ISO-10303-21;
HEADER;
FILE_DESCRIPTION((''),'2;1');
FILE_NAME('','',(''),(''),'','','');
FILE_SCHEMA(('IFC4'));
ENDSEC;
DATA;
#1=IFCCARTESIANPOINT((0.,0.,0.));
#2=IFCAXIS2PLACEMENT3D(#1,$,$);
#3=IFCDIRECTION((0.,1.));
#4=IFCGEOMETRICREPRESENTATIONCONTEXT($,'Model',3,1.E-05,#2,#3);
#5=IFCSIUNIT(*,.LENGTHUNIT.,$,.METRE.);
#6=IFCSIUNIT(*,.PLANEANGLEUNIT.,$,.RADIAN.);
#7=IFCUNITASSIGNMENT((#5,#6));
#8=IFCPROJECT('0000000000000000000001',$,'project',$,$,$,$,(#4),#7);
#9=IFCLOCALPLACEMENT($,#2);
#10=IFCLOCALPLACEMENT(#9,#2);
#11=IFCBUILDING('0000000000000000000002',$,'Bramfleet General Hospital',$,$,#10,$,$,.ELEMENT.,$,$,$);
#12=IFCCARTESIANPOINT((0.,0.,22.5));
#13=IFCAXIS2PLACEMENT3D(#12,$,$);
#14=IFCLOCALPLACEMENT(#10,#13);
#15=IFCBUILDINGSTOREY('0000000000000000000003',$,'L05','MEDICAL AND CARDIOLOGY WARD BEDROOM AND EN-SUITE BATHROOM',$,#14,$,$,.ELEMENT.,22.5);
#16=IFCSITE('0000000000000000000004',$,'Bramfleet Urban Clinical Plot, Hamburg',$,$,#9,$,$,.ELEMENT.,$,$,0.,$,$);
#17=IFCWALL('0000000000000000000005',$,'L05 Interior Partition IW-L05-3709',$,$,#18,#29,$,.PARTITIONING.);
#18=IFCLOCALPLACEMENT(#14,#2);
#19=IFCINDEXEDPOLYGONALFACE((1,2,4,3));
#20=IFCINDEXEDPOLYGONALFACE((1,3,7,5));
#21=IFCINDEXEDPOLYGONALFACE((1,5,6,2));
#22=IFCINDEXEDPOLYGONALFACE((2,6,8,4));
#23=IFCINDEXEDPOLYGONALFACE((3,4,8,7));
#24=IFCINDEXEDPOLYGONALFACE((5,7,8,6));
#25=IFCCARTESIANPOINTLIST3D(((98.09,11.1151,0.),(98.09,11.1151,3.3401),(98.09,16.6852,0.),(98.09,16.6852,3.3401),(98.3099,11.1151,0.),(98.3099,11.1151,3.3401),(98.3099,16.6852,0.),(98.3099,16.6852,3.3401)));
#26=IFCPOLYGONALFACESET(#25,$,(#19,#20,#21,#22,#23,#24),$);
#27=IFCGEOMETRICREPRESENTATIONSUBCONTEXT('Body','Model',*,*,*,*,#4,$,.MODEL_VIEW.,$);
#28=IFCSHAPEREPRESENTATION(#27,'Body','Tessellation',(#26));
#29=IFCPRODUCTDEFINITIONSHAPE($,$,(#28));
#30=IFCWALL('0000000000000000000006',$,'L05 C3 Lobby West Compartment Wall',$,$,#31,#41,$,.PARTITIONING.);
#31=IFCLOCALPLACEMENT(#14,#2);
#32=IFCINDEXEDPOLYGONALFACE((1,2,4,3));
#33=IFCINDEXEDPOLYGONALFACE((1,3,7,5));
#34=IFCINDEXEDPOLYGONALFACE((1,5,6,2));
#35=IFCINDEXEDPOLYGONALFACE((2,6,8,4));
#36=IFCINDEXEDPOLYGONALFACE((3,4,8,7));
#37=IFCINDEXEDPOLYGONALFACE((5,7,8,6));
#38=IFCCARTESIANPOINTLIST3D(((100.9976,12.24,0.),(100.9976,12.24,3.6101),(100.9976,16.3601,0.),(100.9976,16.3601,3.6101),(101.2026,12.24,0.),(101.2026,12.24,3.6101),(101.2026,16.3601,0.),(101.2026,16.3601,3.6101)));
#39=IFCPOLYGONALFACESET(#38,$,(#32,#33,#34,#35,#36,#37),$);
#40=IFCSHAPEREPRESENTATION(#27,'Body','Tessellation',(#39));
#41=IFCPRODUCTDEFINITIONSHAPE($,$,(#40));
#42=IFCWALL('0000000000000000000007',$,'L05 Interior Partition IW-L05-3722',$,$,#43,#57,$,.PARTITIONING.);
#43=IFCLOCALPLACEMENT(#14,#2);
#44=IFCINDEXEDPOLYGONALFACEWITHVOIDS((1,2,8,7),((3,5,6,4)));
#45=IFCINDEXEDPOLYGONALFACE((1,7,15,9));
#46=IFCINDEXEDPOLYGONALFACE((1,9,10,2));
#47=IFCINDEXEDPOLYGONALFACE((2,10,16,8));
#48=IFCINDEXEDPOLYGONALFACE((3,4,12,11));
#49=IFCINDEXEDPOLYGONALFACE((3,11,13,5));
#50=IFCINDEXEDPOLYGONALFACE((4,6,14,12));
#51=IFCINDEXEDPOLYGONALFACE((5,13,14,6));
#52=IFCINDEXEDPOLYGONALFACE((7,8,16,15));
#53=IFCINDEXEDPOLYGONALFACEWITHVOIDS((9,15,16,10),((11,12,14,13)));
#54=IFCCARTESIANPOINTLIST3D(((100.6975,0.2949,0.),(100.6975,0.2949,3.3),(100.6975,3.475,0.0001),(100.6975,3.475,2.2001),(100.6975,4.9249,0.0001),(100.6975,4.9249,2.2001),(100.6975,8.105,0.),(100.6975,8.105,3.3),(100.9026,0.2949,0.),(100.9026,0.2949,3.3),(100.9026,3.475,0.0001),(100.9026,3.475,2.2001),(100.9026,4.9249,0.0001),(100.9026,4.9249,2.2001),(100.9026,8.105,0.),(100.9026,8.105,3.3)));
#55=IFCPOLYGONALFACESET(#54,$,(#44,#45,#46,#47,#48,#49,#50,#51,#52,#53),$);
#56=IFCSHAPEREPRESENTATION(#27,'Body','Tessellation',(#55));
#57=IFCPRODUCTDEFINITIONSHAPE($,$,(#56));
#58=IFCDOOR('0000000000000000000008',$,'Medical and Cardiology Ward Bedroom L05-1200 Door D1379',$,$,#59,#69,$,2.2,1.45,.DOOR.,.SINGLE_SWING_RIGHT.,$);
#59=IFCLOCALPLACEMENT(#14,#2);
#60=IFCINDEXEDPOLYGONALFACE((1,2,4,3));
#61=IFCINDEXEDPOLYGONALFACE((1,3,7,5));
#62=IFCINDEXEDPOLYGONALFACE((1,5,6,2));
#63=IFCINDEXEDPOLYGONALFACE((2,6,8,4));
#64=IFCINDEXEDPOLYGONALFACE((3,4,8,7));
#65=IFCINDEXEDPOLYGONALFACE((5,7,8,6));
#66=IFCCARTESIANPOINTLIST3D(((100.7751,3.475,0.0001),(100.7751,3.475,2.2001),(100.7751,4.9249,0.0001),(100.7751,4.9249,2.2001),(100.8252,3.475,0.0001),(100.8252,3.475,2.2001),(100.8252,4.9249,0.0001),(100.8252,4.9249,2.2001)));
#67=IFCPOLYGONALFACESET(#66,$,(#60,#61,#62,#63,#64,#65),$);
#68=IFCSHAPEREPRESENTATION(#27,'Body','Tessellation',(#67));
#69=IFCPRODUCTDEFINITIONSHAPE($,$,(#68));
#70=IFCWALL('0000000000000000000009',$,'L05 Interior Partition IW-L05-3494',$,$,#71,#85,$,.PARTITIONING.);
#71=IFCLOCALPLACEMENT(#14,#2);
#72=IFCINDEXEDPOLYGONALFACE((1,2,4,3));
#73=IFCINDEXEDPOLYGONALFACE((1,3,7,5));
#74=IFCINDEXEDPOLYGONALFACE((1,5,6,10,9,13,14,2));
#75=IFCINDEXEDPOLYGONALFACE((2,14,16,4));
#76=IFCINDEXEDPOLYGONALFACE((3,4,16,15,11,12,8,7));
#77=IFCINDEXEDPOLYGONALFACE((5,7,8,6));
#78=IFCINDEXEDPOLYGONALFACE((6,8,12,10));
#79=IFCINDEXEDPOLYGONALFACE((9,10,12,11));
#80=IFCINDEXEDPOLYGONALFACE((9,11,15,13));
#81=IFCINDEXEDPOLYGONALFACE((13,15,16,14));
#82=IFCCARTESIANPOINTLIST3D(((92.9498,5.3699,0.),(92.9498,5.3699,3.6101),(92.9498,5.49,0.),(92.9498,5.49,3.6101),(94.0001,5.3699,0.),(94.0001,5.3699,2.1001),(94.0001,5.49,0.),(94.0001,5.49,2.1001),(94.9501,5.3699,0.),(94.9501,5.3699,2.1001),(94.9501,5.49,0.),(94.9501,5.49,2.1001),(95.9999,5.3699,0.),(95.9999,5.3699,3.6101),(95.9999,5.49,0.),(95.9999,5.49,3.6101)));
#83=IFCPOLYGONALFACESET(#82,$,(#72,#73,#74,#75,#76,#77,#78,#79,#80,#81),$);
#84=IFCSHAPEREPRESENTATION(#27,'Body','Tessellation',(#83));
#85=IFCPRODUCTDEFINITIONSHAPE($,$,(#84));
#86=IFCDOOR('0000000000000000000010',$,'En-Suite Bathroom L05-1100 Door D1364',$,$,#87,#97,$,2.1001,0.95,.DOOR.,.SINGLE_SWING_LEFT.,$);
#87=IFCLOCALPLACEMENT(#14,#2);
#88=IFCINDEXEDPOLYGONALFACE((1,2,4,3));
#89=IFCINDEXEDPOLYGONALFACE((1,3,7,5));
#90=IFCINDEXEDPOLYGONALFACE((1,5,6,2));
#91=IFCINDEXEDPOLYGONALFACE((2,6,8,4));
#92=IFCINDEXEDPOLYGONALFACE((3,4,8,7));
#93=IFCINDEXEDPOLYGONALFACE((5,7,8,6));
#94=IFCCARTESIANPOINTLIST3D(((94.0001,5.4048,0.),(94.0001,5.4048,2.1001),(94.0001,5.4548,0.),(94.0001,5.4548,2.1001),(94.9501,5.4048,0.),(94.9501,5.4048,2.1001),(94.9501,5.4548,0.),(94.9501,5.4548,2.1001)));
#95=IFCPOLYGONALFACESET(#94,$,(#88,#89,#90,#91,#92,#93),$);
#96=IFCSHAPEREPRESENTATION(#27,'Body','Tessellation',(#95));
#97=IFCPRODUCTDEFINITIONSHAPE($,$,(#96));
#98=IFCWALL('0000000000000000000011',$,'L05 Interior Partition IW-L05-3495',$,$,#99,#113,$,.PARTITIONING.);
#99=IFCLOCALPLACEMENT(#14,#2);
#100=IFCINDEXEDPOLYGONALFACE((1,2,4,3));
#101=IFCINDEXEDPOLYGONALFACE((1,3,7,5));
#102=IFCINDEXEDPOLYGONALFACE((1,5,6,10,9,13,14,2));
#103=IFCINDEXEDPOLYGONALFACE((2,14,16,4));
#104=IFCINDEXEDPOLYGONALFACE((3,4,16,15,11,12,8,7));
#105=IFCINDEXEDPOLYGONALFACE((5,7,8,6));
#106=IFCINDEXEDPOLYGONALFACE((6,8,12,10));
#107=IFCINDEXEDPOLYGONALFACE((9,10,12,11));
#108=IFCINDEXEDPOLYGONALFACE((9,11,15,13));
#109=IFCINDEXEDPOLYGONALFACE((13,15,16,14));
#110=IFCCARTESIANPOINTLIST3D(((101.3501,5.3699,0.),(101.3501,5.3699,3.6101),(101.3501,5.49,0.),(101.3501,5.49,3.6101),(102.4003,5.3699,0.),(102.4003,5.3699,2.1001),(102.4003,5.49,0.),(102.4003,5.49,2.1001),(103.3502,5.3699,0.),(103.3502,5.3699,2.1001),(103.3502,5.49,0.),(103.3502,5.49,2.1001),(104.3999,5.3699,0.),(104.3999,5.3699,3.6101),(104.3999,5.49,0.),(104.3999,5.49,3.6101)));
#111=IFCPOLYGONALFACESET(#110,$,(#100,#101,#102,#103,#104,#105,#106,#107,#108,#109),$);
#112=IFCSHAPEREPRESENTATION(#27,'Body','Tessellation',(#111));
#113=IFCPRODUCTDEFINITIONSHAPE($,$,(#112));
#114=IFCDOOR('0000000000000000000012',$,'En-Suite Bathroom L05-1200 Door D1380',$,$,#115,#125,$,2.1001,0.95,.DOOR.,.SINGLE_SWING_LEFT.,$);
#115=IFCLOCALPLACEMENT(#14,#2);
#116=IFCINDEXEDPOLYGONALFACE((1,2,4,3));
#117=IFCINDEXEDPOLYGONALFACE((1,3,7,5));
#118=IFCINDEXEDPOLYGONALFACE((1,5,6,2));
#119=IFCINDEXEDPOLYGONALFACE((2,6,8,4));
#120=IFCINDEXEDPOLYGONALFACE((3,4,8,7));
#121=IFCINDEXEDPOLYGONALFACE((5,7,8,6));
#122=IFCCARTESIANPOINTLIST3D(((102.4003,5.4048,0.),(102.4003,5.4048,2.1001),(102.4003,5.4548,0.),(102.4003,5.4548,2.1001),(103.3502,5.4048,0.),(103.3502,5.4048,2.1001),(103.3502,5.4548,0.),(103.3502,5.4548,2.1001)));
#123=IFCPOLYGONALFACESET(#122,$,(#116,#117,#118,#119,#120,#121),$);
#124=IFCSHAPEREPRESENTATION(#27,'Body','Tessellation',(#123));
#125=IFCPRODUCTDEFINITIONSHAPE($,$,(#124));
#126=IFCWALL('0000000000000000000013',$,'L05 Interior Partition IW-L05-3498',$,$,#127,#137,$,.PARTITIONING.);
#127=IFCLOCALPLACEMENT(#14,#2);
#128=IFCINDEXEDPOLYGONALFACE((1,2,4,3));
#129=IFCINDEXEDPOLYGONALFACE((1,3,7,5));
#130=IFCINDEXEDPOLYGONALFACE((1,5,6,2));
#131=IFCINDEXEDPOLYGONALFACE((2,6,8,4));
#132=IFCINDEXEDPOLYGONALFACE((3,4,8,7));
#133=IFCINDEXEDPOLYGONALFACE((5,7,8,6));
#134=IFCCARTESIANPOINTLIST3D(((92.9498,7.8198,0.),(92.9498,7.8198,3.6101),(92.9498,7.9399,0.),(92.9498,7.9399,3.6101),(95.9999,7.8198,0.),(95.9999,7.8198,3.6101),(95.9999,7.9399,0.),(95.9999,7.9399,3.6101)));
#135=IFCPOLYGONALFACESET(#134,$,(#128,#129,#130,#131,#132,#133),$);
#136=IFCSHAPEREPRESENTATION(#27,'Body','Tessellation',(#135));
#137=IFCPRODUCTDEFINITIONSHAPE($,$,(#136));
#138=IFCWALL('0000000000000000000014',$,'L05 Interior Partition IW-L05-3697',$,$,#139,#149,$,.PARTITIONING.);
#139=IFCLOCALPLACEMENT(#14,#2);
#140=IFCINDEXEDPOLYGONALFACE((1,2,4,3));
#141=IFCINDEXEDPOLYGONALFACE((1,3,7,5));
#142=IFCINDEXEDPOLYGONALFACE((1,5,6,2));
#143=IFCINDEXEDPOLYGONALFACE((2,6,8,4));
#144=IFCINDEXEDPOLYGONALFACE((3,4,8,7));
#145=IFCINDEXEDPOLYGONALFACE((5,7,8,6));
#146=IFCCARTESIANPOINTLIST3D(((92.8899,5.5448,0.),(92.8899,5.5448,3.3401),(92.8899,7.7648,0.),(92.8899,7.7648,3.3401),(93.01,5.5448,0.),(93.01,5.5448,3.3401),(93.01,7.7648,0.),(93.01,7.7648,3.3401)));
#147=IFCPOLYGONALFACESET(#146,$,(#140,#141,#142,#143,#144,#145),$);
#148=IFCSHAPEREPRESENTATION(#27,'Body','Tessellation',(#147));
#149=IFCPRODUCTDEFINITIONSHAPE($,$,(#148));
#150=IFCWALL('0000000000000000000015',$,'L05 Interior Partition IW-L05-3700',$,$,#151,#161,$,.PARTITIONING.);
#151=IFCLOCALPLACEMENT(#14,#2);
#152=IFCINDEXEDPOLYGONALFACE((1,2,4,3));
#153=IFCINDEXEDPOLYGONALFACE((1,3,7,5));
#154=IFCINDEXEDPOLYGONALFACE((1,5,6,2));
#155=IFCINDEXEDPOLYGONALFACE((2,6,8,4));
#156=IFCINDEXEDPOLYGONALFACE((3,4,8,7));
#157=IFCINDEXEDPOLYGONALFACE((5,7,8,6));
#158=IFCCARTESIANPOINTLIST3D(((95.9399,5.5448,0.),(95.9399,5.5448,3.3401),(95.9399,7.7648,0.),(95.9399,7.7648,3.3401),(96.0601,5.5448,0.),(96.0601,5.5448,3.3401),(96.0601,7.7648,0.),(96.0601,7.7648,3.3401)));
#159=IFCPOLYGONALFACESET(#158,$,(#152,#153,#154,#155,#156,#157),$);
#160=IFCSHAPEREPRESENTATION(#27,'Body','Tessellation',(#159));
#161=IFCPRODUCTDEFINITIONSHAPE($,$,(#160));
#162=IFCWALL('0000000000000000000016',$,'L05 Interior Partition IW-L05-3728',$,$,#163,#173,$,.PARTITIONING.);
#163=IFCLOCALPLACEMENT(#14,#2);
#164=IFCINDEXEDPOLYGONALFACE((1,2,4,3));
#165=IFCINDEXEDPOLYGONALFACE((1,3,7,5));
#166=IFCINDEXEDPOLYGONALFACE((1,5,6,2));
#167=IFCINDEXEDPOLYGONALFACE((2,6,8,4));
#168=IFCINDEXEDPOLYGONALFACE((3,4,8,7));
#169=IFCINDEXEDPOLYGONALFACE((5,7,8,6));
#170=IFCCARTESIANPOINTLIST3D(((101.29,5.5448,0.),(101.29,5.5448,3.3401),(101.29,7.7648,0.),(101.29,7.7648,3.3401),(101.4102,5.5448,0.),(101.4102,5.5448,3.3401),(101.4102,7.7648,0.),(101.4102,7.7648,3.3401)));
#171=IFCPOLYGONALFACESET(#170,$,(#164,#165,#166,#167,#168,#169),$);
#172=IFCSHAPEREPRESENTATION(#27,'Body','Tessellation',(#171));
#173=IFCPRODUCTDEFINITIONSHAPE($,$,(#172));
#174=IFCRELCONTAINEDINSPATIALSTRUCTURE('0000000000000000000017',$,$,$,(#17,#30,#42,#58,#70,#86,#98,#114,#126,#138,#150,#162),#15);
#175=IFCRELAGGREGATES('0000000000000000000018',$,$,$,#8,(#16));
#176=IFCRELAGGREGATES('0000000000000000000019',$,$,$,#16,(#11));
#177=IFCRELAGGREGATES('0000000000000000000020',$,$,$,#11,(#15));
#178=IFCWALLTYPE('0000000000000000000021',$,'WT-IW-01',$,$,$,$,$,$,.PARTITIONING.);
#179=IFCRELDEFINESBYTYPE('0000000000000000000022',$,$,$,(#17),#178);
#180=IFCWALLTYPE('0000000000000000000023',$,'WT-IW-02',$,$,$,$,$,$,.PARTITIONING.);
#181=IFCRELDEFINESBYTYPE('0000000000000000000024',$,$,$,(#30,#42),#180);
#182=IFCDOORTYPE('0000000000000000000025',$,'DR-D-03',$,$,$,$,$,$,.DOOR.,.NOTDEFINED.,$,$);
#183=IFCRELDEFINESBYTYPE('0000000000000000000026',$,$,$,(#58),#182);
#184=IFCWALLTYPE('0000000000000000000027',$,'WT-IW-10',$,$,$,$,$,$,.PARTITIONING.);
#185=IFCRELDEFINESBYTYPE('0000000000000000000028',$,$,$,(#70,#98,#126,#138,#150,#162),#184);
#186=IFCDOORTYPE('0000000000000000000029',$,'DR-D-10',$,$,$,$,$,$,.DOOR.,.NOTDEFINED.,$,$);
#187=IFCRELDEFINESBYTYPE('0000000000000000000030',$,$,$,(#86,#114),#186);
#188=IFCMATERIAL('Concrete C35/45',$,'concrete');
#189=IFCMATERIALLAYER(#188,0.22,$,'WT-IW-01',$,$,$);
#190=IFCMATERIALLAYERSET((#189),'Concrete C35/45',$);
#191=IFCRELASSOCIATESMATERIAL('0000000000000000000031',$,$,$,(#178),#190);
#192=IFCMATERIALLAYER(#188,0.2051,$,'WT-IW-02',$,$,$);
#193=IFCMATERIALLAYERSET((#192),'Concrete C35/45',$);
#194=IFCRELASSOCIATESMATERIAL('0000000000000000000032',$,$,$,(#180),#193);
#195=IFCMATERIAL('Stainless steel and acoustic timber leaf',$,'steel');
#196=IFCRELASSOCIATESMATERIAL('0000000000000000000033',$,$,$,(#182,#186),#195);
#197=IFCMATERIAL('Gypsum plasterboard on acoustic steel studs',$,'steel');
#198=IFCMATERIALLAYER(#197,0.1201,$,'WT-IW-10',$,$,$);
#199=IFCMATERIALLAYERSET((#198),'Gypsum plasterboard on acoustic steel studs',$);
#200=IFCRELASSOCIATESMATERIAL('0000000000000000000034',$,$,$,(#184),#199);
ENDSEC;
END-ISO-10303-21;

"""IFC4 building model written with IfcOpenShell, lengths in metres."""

from ifc_helpers import new_model, si_unit, direction, frame, frame_2d, origin, place, context, subcontext, project, spatial, rectangle, extrude, material, layer, layer_set, type_object, element, fill, save


model = new_model("IFC4")

# Units and contexts
model_context = context("Model", 3, precision=1e-05, world=origin(), true_north=direction((0.0, 1.0)))
body_context = subcontext(model_context, "Body", "Model", "MODEL_VIEW")
ifc_project = project(units=[si_unit("LENGTHUNIT", "METRE"), si_unit("PLANEANGLEUNIT", "RADIAN")], contexts=[model_context])

# Site, building, storey
site_placement = place(None, origin())
site = spatial("IfcSite", under=ifc_project, at=site_placement, Name="Bramfleet Urban Clinical Plot, Hamburg", CompositionType="ELEMENT", RefElevation=0.0)
building_placement = place(site_placement, origin())
building = spatial("IfcBuilding", under=site, at=building_placement, Name="Bramfleet General Hospital", CompositionType="ELEMENT")
storey_placement = place(building_placement, frame((0.0, 0.0, 22.5)))
storey = spatial("IfcBuildingStorey", under=building, at=storey_placement, Name="L05", Description="MEDICAL AND CARDIOLOGY WARD BEDROOM AND EN-SUITE BATHROOM", CompositionType="ELEMENT", Elevation=22.5)

# Walls
ifc_material_1 = material(Name="Concrete C35/45", Category="concrete")
ifc_layer_1 = layer(ifc_material_1, 0.22, Name="WT-IW-01")
ifc_layer_set_1 = layer_set([ifc_layer_1], Name="Concrete C35/45")
wall_type_1 = type_object("IfcWallType", Name="WT-IW-01", PredefinedType="PARTITIONING", material=ifc_layer_set_1)
wall_1_placement = place(storey_placement, frame((98.2, 11.115, 0.0), z_axis=(0.0, 0.0, 1.0), x_axis=(0.0, 1.0, 0.0)))
element("IfcWall", 1, at=wall_1_placement, inside=storey, type_object=wall_type_1, Name="L05 Interior Partition IW-L05-3709", PredefinedType="PARTITIONING", context=body_context, shape_type="SweptSolid", body=[
    extrude(rectangle(XDim=5.5701, YDim=0.22, at=frame_2d((2.7852, 0.0))), origin(), (0.0, 0.0, 1.0), 3.3401),
])
ifc_layer_2 = layer(ifc_material_1, 0.2051, Name="WT-IW-02")
ifc_layer_set_2 = layer_set([ifc_layer_2], Name="Concrete C35/45")
wall_type_2 = type_object("IfcWallType", Name="WT-IW-02", PredefinedType="PARTITIONING", material=ifc_layer_set_2)
wall_2_placement = place(storey_placement, frame((101.1001, 12.24, 0.0), z_axis=(0.0, 0.0, 1.0), x_axis=(0.0, 1.0, 0.0)))
element("IfcWall", 2, at=wall_2_placement, inside=storey, type_object=wall_type_2, Name="L05 C3 Lobby West Compartment Wall", PredefinedType="PARTITIONING", context=body_context, shape_type="SweptSolid", body=[
    extrude(rectangle(XDim=4.1201, YDim=0.2051, at=frame_2d((2.0601, 0.0))), origin(), (0.0, 0.0, 1.0), 3.6101),
])

# Walls, openings, doors
wall_3_placement = place(storey_placement, frame((100.8, 0.2949, 0.0), z_axis=(0.0, 0.0, 1.0), x_axis=(0.0, 1.0, 0.0)))
wall_3 = element("IfcWall", 3, at=wall_3_placement, inside=storey, type_object=wall_type_2, Name="L05 Interior Partition IW-L05-3722", PredefinedType="PARTITIONING", context=body_context, shape_type="SweptSolid", body=[
    extrude(rectangle(XDim=7.8101, YDim=0.2051, at=frame_2d((3.905, 0.0))), origin(), (0.0, 0.0, 1.0), 3.3),
])
opening_1_placement = place(wall_3_placement, frame((3.1799, 0.0, 0.0)))
opening_1 = element("IfcOpeningElement", 4, at=opening_1_placement, cuts=wall_3, PredefinedType="OPENING", context=body_context, shape_type="SweptSolid", body=[
    extrude(rectangle(XDim=1.45, YDim=2.2, at=frame_2d((0.7251, 1.1001))), frame((0.0, 0.1125, 0.0), z_axis=(0.0, -1.0, 0.0), x_axis=(1.0, 0.0, 0.0)), (0.0, 0.0, 1.0), 0.2251),
])
ifc_material_2 = material(Name="Stainless steel and acoustic timber leaf", Category="steel")
door_type_1 = type_object("IfcDoorType", Name="DR-D-03", OperationType="NOTDEFINED", PredefinedType="DOOR", material=ifc_material_2)
door_1_placement = place(opening_1_placement, origin())
door_1 = element("IfcDoor", 5, at=door_1_placement, inside=storey, type_object=door_type_1, Name="Medical and Cardiology Ward Bedroom L05-1200 Door D1379", OperationType="SINGLE_SWING_RIGHT", OverallHeight=2.2, OverallWidth=1.45, PredefinedType="DOOR", context=body_context, shape_type="SweptSolid", body=[
    extrude(rectangle(XDim=1.45, YDim=2.2, at=frame_2d((0.7251, 1.1001))), frame((0.0, 0.0249, 0.0), z_axis=(0.0, -1.0, 0.0), x_axis=(1.0, 0.0, 0.0)), (0.0, 0.0, 1.0), 0.05),
])
fill(opening_1, door_1)
ifc_material_3 = material(Name="Gypsum plasterboard on acoustic steel studs", Category="steel")
ifc_layer_3 = layer(ifc_material_3, 0.1201, Name="WT-IW-10")
ifc_layer_set_3 = layer_set([ifc_layer_3], Name="Gypsum plasterboard on acoustic steel studs")
wall_type_3 = type_object("IfcWallType", Name="WT-IW-10", PredefinedType="PARTITIONING", material=ifc_layer_set_3)
wall_4_placement = place(storey_placement, frame((92.95, 5.4299, 0.0), z_axis=(0.0, 0.0, 1.0), x_axis=(1.0, 0.0, 0.0)))
wall_4 = element("IfcWall", 6, at=wall_4_placement, inside=storey, type_object=wall_type_3, Name="L05 Interior Partition IW-L05-3494", PredefinedType="PARTITIONING", context=body_context, shape_type="SweptSolid", body=[
    extrude(rectangle(XDim=3.05, YDim=0.1201, at=frame_2d((1.5249, 0.0))), origin(), (0.0, 0.0, 1.0), 3.6101),
])
opening_2_placement = place(wall_4_placement, frame((1.05, 0.0, 0.0)))
opening_2 = element("IfcOpeningElement", 7, at=opening_2_placement, cuts=wall_4, PredefinedType="OPENING", context=body_context, shape_type="SweptSolid", body=[
    extrude(rectangle(XDim=0.95, YDim=2.1001, at=frame_2d((0.4751, 1.05))), frame((0.0, 0.0701, 0.0), z_axis=(0.0, -1.0, 0.0), x_axis=(1.0, 0.0, 0.0)), (0.0, 0.0, 1.0), 0.1401),
])
door_type_2 = type_object("IfcDoorType", Name="DR-D-10", OperationType="NOTDEFINED", PredefinedType="DOOR", material=ifc_material_2)
door_2_placement = place(opening_2_placement, origin())
door_2 = element("IfcDoor", 8, at=door_2_placement, inside=storey, type_object=door_type_2, Name="En-Suite Bathroom L05-1100 Door D1364", OperationType="SINGLE_SWING_LEFT", OverallHeight=2.1001, OverallWidth=0.95, PredefinedType="DOOR", context=body_context, shape_type="SweptSolid", body=[
    extrude(rectangle(XDim=0.95, YDim=2.1001, at=frame_2d((0.4751, 1.05))), frame((0.0, 0.0249, 0.0), z_axis=(0.0, -1.0, 0.0), x_axis=(1.0, 0.0, 0.0)), (0.0, 0.0, 1.0), 0.05),
])
fill(opening_2, door_2)
wall_5_placement = place(storey_placement, frame((101.3501, 5.4299, 0.0), z_axis=(0.0, 0.0, 1.0), x_axis=(1.0, 0.0, 0.0)))
wall_5 = element("IfcWall", 9, at=wall_5_placement, inside=storey, type_object=wall_type_3, Name="L05 Interior Partition IW-L05-3495", PredefinedType="PARTITIONING", context=body_context, shape_type="SweptSolid", body=[
    extrude(rectangle(XDim=3.0498, YDim=0.1201, at=frame_2d((1.5249, 0.0))), origin(), (0.0, 0.0, 1.0), 3.6101),
])
opening_3_placement = place(wall_5_placement, frame((1.05, 0.0, 0.0)))
opening_3 = element("IfcOpeningElement", 10, at=opening_3_placement, cuts=wall_5, PredefinedType="OPENING", context=body_context, shape_type="SweptSolid", body=[
    extrude(rectangle(XDim=0.95, YDim=2.1001, at=frame_2d((0.4751, 1.05))), frame((0.0, 0.0701, 0.0), z_axis=(0.0, -1.0, 0.0), x_axis=(1.0, 0.0, 0.0)), (0.0, 0.0, 1.0), 0.1401),
])
door_3_placement = place(opening_3_placement, origin())
door_3 = element("IfcDoor", 11, at=door_3_placement, inside=storey, type_object=door_type_2, Name="En-Suite Bathroom L05-1200 Door D1380", OperationType="SINGLE_SWING_LEFT", OverallHeight=2.1001, OverallWidth=0.95, PredefinedType="DOOR", context=body_context, shape_type="SweptSolid", body=[
    extrude(rectangle(XDim=0.95, YDim=2.1001, at=frame_2d((0.4751, 1.05))), frame((0.0, 0.0249, 0.0), z_axis=(0.0, -1.0, 0.0), x_axis=(1.0, 0.0, 0.0)), (0.0, 0.0, 1.0), 0.05),
])
fill(opening_3, door_3)

# Walls
wall_6_placement = place(storey_placement, frame((92.95, 7.8799, 0.0), z_axis=(0.0, 0.0, 1.0), x_axis=(1.0, 0.0, 0.0)))
element("IfcWall", 12, at=wall_6_placement, inside=storey, type_object=wall_type_3, Name="L05 Interior Partition IW-L05-3498", PredefinedType="PARTITIONING", context=body_context, shape_type="SweptSolid", body=[
    extrude(rectangle(XDim=3.05, YDim=0.1201, at=frame_2d((1.5249, 0.0))), origin(), (0.0, 0.0, 1.0), 3.6101),
])
for number, where, z_axis, x_axis, name in (
    (13, (92.95, 5.5449, 0.0), (0.0, 0.0, 1.0), (0.0, 1.0, 0.0), "L05 Interior Partition IW-L05-3697"),
    (14, (96.0, 5.5449, 0.0), (0.0, 0.0, 1.0), (0.0, 1.0, 0.0), "L05 Interior Partition IW-L05-3700"),
    (15, (101.3501, 5.5449, 0.0), (0.0, 0.0, 1.0), (0.0, 1.0, 0.0), "L05 Interior Partition IW-L05-3728"),
):
    element("IfcWall", number, at=place(storey_placement, frame(where, z_axis=z_axis, x_axis=x_axis)), inside=storey, type_object=wall_type_3, Name=name, PredefinedType="PARTITIONING", context=body_context, shape_type="SweptSolid", body=[
        extrude(rectangle(XDim=2.22, YDim=0.1201, at=frame_2d((1.1099, 0.0))), origin(), (0.0, 0.0, 1.0), 3.3401),
    ])

save(model, "model.ifc")
